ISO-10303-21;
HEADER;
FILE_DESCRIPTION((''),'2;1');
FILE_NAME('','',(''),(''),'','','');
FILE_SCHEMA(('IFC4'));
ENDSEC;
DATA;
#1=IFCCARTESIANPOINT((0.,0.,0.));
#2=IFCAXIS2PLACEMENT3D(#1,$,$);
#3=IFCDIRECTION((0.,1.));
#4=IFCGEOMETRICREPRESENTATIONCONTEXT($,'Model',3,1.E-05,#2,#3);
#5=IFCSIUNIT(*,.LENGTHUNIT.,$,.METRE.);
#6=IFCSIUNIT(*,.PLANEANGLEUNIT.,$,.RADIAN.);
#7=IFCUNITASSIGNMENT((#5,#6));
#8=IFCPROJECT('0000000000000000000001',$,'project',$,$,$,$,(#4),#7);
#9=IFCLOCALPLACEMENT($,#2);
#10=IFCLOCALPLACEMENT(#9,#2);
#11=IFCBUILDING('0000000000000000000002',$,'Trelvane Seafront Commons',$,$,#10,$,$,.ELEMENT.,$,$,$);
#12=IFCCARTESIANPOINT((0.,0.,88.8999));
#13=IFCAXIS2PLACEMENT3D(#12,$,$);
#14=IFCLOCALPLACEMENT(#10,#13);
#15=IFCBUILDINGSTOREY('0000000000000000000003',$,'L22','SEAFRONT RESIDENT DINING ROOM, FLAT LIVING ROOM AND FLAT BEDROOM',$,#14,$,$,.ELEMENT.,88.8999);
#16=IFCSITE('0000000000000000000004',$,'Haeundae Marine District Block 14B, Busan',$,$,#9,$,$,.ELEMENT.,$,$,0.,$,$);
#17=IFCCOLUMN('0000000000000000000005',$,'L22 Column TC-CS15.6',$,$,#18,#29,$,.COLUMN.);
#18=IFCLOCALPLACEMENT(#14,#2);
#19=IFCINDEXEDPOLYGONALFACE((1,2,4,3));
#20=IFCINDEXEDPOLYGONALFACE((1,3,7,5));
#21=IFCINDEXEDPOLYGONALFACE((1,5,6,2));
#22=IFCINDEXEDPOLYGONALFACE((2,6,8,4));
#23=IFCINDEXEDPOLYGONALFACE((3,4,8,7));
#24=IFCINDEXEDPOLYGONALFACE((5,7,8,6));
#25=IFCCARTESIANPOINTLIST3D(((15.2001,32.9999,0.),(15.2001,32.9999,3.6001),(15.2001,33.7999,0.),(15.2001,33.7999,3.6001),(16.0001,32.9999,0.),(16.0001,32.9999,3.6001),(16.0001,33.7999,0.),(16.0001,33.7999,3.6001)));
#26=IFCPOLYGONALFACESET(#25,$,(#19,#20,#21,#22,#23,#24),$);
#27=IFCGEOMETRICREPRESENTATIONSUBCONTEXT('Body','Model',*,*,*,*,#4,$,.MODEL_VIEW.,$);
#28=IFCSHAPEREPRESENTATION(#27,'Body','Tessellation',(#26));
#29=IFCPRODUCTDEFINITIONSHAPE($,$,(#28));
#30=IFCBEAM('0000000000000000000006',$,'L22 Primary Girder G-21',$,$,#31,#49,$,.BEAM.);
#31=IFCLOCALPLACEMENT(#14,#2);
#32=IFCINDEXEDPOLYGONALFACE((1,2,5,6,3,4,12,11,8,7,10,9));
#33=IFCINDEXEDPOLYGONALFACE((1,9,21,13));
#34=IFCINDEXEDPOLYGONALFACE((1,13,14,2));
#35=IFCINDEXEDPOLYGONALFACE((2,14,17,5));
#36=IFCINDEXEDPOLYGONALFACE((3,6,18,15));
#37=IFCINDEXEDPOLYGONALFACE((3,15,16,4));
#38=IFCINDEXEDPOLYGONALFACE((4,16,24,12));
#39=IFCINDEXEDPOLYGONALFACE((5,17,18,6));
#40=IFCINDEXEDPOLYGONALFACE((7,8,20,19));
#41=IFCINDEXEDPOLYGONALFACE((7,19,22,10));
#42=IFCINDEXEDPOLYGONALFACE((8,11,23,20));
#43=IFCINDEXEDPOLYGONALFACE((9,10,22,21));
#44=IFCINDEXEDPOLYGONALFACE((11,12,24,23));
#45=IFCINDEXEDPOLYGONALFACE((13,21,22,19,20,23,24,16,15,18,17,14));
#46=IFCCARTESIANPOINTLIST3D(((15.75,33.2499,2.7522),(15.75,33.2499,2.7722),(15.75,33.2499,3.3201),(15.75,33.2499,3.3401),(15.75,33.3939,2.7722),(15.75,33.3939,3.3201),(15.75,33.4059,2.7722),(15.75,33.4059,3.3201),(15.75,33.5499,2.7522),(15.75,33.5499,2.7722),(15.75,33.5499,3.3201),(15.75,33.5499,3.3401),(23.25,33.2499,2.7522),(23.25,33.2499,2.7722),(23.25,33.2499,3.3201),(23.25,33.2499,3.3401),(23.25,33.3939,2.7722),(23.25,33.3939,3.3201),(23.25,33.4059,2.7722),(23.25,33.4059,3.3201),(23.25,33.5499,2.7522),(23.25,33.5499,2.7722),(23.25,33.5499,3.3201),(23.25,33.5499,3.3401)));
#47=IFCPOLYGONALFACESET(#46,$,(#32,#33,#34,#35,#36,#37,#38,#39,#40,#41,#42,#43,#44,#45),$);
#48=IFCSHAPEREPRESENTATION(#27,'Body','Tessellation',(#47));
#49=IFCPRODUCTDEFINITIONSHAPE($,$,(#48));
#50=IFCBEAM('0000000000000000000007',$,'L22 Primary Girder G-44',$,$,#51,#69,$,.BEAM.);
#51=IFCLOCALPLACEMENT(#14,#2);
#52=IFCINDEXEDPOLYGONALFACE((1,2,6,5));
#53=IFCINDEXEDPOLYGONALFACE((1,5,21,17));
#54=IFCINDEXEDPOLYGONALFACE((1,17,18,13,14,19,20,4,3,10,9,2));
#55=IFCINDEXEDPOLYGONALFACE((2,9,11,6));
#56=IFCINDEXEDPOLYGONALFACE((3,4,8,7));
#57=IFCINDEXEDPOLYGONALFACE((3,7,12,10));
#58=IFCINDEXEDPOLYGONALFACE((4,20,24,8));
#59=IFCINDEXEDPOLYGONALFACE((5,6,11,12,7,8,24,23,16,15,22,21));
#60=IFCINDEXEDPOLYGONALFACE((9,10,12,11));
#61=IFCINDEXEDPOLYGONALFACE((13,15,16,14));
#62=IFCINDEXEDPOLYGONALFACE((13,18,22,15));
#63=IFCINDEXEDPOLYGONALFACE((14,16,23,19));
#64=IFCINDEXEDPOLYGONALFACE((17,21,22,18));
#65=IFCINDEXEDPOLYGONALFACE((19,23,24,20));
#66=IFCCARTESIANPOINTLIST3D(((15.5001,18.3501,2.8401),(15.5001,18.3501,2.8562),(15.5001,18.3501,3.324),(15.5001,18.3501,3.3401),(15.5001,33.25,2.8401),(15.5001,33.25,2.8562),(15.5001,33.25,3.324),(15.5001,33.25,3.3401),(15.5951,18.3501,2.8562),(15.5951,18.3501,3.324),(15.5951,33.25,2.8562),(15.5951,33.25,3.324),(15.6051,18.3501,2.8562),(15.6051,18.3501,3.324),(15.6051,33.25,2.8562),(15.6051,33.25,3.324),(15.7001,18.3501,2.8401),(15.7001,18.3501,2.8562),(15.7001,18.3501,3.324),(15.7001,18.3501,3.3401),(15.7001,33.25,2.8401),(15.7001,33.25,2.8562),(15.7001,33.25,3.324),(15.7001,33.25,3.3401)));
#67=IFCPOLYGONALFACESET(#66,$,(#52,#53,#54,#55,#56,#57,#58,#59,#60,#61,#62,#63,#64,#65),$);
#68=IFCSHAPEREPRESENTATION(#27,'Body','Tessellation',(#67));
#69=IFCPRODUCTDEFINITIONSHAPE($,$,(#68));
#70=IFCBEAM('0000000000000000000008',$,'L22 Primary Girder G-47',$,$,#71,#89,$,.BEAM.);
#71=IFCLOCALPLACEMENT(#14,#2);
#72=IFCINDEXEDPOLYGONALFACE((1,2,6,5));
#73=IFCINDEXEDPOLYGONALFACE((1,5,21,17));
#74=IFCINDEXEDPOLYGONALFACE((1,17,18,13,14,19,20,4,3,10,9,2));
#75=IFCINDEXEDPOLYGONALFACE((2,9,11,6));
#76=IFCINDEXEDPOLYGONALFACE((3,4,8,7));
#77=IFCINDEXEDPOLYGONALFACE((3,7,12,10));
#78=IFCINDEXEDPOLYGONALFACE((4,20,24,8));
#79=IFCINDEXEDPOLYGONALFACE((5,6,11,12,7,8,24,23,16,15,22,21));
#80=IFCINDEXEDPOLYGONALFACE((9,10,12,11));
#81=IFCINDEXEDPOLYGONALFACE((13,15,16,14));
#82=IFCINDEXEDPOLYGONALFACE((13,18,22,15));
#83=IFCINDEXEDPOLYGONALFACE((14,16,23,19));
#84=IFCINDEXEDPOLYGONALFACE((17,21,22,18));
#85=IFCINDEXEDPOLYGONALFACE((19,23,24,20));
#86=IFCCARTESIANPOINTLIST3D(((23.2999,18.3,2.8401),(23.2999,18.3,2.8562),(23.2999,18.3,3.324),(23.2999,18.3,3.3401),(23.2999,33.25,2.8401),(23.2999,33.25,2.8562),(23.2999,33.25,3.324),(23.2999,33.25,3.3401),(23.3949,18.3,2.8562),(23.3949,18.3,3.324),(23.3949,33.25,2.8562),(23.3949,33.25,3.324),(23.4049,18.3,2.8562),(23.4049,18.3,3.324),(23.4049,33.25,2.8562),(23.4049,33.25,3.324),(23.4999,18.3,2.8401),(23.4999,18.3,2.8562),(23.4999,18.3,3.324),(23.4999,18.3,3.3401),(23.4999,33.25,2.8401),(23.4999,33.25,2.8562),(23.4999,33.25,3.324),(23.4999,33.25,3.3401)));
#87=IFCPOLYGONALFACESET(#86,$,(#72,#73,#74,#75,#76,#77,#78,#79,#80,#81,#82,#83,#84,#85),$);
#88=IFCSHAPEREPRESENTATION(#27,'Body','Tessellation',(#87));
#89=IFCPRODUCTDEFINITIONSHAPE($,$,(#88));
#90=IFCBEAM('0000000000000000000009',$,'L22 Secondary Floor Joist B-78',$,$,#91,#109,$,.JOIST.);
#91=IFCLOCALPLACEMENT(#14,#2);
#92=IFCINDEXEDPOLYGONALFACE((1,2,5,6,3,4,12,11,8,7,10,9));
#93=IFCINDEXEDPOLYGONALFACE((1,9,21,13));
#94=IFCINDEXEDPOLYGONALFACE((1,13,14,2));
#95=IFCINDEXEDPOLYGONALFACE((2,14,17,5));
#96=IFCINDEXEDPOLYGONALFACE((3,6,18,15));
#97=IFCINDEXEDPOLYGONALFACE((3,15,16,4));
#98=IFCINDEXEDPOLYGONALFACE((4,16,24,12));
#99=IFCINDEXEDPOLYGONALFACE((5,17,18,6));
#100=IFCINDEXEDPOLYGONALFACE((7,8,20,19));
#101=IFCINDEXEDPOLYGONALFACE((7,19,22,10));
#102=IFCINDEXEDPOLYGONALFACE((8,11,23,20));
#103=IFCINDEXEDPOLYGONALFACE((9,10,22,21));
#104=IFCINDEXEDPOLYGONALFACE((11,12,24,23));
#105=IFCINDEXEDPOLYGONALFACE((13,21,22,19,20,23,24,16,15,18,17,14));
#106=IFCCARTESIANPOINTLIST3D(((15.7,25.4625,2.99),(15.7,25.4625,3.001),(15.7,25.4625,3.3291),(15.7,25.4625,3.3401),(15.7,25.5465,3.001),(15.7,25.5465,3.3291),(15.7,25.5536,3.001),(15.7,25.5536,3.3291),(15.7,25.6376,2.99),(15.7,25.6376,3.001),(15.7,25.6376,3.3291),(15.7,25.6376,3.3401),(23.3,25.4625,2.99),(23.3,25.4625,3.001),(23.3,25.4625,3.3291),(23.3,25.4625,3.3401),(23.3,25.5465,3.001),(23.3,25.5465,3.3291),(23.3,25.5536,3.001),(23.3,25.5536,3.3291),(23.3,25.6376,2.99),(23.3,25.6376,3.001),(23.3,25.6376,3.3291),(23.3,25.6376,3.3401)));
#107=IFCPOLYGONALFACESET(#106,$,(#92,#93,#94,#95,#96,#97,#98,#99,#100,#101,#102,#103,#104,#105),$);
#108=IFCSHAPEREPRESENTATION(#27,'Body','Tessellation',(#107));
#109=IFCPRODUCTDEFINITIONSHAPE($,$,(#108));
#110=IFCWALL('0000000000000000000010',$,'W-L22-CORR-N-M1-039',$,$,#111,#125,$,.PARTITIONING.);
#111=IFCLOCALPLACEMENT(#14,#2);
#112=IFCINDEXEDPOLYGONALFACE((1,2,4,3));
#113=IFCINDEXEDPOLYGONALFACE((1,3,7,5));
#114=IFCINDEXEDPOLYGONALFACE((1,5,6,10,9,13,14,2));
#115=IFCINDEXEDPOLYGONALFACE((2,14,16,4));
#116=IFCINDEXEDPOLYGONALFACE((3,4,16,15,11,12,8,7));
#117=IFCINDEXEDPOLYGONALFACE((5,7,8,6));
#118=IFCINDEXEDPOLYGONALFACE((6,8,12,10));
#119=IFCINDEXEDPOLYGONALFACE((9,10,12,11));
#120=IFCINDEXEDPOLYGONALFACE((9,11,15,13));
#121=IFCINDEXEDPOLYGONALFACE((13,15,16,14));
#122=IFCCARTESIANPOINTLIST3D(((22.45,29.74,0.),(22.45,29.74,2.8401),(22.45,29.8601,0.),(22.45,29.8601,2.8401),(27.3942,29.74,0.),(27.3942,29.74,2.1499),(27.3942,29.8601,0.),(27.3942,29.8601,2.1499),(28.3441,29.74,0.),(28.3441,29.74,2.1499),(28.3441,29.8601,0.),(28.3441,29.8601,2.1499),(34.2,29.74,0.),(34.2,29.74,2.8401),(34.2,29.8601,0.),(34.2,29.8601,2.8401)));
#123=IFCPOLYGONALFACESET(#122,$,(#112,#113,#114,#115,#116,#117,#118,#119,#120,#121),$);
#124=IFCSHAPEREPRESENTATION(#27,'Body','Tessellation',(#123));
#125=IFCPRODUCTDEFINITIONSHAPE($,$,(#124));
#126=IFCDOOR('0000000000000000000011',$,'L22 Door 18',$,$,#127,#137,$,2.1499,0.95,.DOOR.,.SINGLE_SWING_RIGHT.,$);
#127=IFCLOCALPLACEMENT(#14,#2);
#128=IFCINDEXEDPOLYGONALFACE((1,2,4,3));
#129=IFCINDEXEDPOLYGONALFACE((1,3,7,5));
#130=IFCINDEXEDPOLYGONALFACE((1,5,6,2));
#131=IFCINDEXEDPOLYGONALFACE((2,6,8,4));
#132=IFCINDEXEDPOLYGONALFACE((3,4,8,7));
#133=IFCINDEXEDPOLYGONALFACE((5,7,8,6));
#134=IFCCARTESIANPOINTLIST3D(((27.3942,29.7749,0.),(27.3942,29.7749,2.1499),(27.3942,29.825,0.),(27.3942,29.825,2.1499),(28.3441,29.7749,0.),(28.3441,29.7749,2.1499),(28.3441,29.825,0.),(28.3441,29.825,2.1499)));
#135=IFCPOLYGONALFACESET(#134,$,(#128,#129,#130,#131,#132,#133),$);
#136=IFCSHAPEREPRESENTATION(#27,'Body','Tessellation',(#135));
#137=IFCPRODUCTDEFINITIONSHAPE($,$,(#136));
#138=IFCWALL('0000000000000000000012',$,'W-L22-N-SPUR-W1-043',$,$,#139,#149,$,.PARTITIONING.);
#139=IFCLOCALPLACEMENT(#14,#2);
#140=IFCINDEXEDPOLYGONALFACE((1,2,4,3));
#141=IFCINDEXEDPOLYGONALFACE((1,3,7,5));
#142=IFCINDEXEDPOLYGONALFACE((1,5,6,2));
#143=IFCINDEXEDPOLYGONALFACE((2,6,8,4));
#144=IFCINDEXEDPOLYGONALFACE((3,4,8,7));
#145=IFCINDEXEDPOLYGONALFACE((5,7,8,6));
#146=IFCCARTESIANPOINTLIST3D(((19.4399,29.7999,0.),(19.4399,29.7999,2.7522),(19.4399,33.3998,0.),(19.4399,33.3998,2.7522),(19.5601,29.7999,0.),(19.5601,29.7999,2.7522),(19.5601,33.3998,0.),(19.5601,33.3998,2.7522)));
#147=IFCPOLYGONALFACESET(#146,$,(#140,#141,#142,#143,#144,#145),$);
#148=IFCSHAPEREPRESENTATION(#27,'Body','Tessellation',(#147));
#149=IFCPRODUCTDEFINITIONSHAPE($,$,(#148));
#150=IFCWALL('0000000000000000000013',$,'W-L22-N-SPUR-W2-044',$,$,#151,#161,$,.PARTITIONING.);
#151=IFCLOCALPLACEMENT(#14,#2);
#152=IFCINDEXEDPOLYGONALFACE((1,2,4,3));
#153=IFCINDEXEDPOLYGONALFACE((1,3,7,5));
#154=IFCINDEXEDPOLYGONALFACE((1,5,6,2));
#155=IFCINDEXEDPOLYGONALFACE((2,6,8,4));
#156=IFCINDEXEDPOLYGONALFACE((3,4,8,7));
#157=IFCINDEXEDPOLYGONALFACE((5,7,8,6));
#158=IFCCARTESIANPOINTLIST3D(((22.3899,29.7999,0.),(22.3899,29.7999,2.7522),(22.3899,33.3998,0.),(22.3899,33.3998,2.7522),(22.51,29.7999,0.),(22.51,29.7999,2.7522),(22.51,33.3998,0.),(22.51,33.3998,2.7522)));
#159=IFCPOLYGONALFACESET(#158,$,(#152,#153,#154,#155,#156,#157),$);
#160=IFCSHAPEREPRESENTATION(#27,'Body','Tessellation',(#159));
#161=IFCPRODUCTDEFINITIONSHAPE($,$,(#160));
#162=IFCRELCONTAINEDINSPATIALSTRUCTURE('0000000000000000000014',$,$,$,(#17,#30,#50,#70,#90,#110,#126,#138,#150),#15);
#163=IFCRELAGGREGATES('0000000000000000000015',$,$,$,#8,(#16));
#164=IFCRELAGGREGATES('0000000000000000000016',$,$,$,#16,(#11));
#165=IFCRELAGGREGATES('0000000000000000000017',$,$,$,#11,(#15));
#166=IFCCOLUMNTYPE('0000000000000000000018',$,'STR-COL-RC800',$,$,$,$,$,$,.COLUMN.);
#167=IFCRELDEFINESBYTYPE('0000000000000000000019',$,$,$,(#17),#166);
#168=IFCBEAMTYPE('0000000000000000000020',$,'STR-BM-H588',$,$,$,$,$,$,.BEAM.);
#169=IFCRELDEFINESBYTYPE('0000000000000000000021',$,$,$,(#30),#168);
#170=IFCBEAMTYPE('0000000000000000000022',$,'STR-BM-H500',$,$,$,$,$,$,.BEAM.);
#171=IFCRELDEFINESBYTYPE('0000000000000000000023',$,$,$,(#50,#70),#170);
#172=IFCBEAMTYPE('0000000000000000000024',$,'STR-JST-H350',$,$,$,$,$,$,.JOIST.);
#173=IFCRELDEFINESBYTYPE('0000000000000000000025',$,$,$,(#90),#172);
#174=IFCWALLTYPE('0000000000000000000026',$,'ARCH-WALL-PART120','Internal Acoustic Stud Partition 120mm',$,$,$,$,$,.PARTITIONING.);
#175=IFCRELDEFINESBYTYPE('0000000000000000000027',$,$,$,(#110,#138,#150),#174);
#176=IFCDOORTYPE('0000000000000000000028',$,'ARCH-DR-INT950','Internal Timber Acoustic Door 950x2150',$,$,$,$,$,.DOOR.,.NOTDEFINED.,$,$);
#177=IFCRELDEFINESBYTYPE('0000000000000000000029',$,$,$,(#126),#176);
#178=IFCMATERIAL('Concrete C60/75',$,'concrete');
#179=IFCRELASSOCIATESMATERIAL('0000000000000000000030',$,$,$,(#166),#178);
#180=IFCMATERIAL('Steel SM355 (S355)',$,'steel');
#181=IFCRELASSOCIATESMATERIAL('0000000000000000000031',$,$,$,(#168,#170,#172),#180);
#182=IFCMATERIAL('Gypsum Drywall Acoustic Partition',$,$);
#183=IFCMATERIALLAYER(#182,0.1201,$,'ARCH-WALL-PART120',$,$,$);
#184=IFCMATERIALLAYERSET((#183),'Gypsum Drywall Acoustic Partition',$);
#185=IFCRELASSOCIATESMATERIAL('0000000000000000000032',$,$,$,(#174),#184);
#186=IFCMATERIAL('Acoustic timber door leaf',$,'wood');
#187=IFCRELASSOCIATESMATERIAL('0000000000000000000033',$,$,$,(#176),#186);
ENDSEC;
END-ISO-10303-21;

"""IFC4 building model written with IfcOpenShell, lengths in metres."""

from ifc_helpers import new_model, si_unit, direction, frame, frame_2d, origin, origin_2d, place, context, subcontext, project, spatial, rectangle, i_section, extrude, source, transform, mapped, material, layer, layer_set, material_profile, profile_set, type_object, element, fill, save


model = new_model("IFC4")

# Units and contexts
model_context = context("Model", 3, precision=1e-05, world=origin(), true_north=direction((0.0, 1.0)))
body_context = subcontext(model_context, "Body", "Model", "MODEL_VIEW")
ifc_project = project(units=[si_unit("LENGTHUNIT", "METRE"), si_unit("PLANEANGLEUNIT", "RADIAN")], contexts=[model_context])

# Site, building, storey
site_placement = place(None, origin())
site = spatial("IfcSite", under=ifc_project, at=site_placement, Name="Haeundae Marine District Block 14B, Busan", CompositionType="ELEMENT", RefElevation=0.0)
building_placement = place(site_placement, origin())
building = spatial("IfcBuilding", under=site, at=building_placement, Name="Trelvane Seafront Commons", CompositionType="ELEMENT")
storey_placement = place(building_placement, frame((0.0, 0.0, 88.8999)))
storey = spatial("IfcBuildingStorey", under=building, at=storey_placement, Name="L22", Description="SEAFRONT RESIDENT DINING ROOM, FLAT LIVING ROOM AND FLAT BEDROOM", CompositionType="ELEMENT", Elevation=88.8999)

# Column
ifc_material_1 = material(Name="Concrete C60/75", Category="concrete")
ifc_material_profile_1 = material_profile(ifc_material_1, rectangle(XDim=0.8, YDim=0.8, at=origin_2d()), Name="RC-800x800")
ifc_profile_set_1 = profile_set([ifc_material_profile_1], Name="Concrete C60/75")
column_type = type_object("IfcColumnType", Name="STR-COL-RC800", PredefinedType="COLUMN", material=ifc_profile_set_1)
shared_shape_1 = source(origin(), body_context, "Body", "SweptSolid", [
    extrude(rectangle(XDim=0.8, YDim=0.8, at=origin_2d()), origin(), (0.0, 0.0, 1.0), 3.6001),
])
column_placement = place(storey_placement, frame((15.6001, 33.3999, 0.0), z_axis=(0.0, 0.0, 1.0), x_axis=(1.0, 0.0, 0.0)))
element("IfcColumn", 1, at=column_placement, inside=storey, type_object=column_type, Name="L22 Column TC-CS15.6", PredefinedType="COLUMN", context=body_context, shape_type="MappedRepresentation", body=[
    mapped(shared_shape_1, transform((0.0, 0.0, 0.0), x_axis=(1.0, 0.0, 0.0), y_axis=(0.0, 1.0, 0.0), z_axis=(0.0, 0.0, 1.0), scale=1.0)),
])

# Beams
ifc_material_2 = material(Name="Steel SM355 (S355)", Category="steel")
ifc_material_profile_2 = material_profile(ifc_material_2, i_section(OverallWidth=0.3, OverallDepth=0.5879, WebThickness=0.012, FlangeThickness=0.02, at=origin_2d()), Name="H-588x300x12x20")
ifc_profile_set_2 = profile_set([ifc_material_profile_2], Name="Steel SM355 (S355)")
beam_type_1 = type_object("IfcBeamType", Name="STR-BM-H588", PredefinedType="BEAM", material=ifc_profile_set_2)
shared_shape_2 = source(origin(), body_context, "Body", "SweptSolid", [
    extrude(i_section(OverallWidth=0.3, OverallDepth=0.5879, WebThickness=0.012, FlangeThickness=0.02, at=origin_2d()), origin(), (0.0, 0.0, 1.0), 7.5),
])
beam_1_placement = place(storey_placement, frame((15.75, 33.3999, 3.0461), z_axis=(1.0, 0.0, 0.0), x_axis=(0.0, 1.0, 0.0)))
element("IfcBeam", 2, at=beam_1_placement, inside=storey, type_object=beam_type_1, Name="L22 Primary Girder G-21", PredefinedType="BEAM", context=body_context, shape_type="MappedRepresentation", body=[
    mapped(shared_shape_2, transform((0.0, 0.0, 0.0), x_axis=(1.0, 0.0, 0.0), y_axis=(0.0, 1.0, 0.0), z_axis=(0.0, 0.0, 1.0), scale=1.0)),
])
ifc_material_profile_3 = material_profile(ifc_material_2, i_section(OverallWidth=0.2, OverallDepth=0.5, WebThickness=0.01, FlangeThickness=0.0161, at=origin_2d()), Name="H-500x200x10x16")
ifc_profile_set_3 = profile_set([ifc_material_profile_3], Name="Steel SM355 (S355)")
beam_type_2 = type_object("IfcBeamType", Name="STR-BM-H500", PredefinedType="BEAM", material=ifc_profile_set_3)
shared_shape_3 = source(origin(), body_context, "Body", "SweptSolid", [
    extrude(i_section(OverallWidth=0.2, OverallDepth=0.5, WebThickness=0.01, FlangeThickness=0.0161, at=origin_2d()), origin(), (0.0, 0.0, 1.0), 14.8999),
])
beam_2_placement = place(storey_placement, frame((15.6001, 18.3501, 3.0901), z_axis=(0.0, 1.0, 0.0), x_axis=(-1.0, 0.0, 0.0)))
element("IfcBeam", 3, at=beam_2_placement, inside=storey, type_object=beam_type_2, Name="L22 Primary Girder G-44", PredefinedType="BEAM", context=body_context, shape_type="MappedRepresentation", body=[
    mapped(shared_shape_3, transform((0.0, 0.0, 0.0), x_axis=(1.0, 0.0, 0.0), y_axis=(0.0, 1.0, 0.0), z_axis=(0.0, 0.0, 1.0), scale=1.0)),
])
shared_shape_4 = source(origin(), body_context, "Body", "SweptSolid", [
    extrude(i_section(OverallWidth=0.2, OverallDepth=0.5, WebThickness=0.01, FlangeThickness=0.0161, at=origin_2d()), origin(), (0.0, 0.0, 1.0), 14.95),
])
beam_3_placement = place(storey_placement, frame((23.3999, 18.3, 3.0901), z_axis=(0.0, 1.0, 0.0), x_axis=(-1.0, 0.0, 0.0)))
element("IfcBeam", 4, at=beam_3_placement, inside=storey, type_object=beam_type_2, Name="L22 Primary Girder G-47", PredefinedType="BEAM", context=body_context, shape_type="MappedRepresentation", body=[
    mapped(shared_shape_4, transform((0.0, 0.0, 0.0), x_axis=(1.0, 0.0, 0.0), y_axis=(0.0, 1.0, 0.0), z_axis=(0.0, 0.0, 1.0), scale=1.0)),
])
ifc_material_profile_4 = material_profile(ifc_material_2, i_section(OverallWidth=0.175, OverallDepth=0.3501, WebThickness=0.0071, FlangeThickness=0.011, at=origin_2d()), Name="H-350x175x7x11")
ifc_profile_set_4 = profile_set([ifc_material_profile_4], Name="Steel SM355 (S355)")
beam_type_3 = type_object("IfcBeamType", Name="STR-JST-H350", PredefinedType="JOIST", material=ifc_profile_set_4)
shared_shape_5 = source(origin(), body_context, "Body", "SweptSolid", [
    extrude(i_section(OverallWidth=0.175, OverallDepth=0.3501, WebThickness=0.0071, FlangeThickness=0.011, at=origin_2d()), origin(), (0.0, 0.0, 1.0), 7.6001),
])
beam_4_placement = place(storey_placement, frame((15.7, 25.55, 3.165), z_axis=(1.0, 0.0, 0.0), x_axis=(0.0, 1.0, 0.0)))
element("IfcBeam", 5, at=beam_4_placement, inside=storey, type_object=beam_type_3, Name="L22 Secondary Floor Joist B-78", PredefinedType="JOIST", context=body_context, shape_type="MappedRepresentation", body=[
    mapped(shared_shape_5, transform((0.0, 0.0, 0.0), x_axis=(1.0, 0.0, 0.0), y_axis=(0.0, 1.0, 0.0), z_axis=(0.0, 0.0, 1.0), scale=1.0)),
])

# Wall, opening, door
ifc_material_3 = material(Name="Gypsum Drywall Acoustic Partition")
ifc_layer_1 = layer(ifc_material_3, 0.1201, Name="ARCH-WALL-PART120")
ifc_layer_set_1 = layer_set([ifc_layer_1], Name="Gypsum Drywall Acoustic Partition")
wall_type_1 = type_object("IfcWallType", Name="ARCH-WALL-PART120", Description="Internal Acoustic Stud Partition 120mm", PredefinedType="PARTITIONING", material=ifc_layer_set_1)
wall_1_placement = place(storey_placement, frame((22.45, 29.8, 0.0), z_axis=(0.0, 0.0, 1.0), x_axis=(1.0, 0.0, 0.0)))
wall_1 = element("IfcWall", 6, at=wall_1_placement, inside=storey, type_object=wall_type_1, Name="W-L22-CORR-N-M1-039", PredefinedType="PARTITIONING", context=body_context, shape_type="SweptSolid", body=[
    extrude(rectangle(XDim=11.75, YDim=0.1201, at=frame_2d((5.875, 0.0))), origin(), (0.0, 0.0, 1.0), 2.8401),
])
opening_1_placement = place(wall_1_placement, frame((4.9441, 0.0, 0.0)))
opening_1 = element("IfcOpeningElement", 7, at=opening_1_placement, cuts=wall_1, PredefinedType="OPENING", context=body_context, shape_type="SweptSolid", body=[
    extrude(rectangle(XDim=0.95, YDim=2.1499, at=frame_2d((0.4751, 1.075))), frame((0.0, 0.0701, 0.0), z_axis=(0.0, -1.0, 0.0), x_axis=(1.0, 0.0, 0.0)), (0.0, 0.0, 1.0), 0.1401),
])
ifc_material_4 = material(Name="Acoustic timber door leaf", Category="wood")
door_type_1 = type_object("IfcDoorType", Name="ARCH-DR-INT950", Description="Internal Timber Acoustic Door 950x2150", OperationType="NOTDEFINED", PredefinedType="DOOR", material=ifc_material_4)
shared_shape_6 = source(origin(), body_context, "Body", "SweptSolid", [
    extrude(rectangle(XDim=0.95, YDim=2.1499, at=frame_2d((0.4751, 1.075))), frame((0.0, 0.0249, 0.0), z_axis=(0.0, -1.0, 0.0), x_axis=(1.0, 0.0, 0.0)), (0.0, 0.0, 1.0), 0.05),
])
door_1_placement = place(opening_1_placement, origin())
door_1 = element("IfcDoor", 8, at=door_1_placement, inside=storey, type_object=door_type_1, Name="L22 Door 18", OperationType="SINGLE_SWING_RIGHT", OverallHeight=2.1499, OverallWidth=0.95, PredefinedType="DOOR", context=body_context, shape_type="MappedRepresentation", body=[
    mapped(shared_shape_6, transform((0.0, 0.0, 0.0), x_axis=(1.0, 0.0, 0.0), y_axis=(0.0, 1.0, 0.0), z_axis=(0.0, 0.0, 1.0), scale=1.0)),
])
fill(opening_1, door_1)

# Walls
for number, where, z_axis, x_axis, name in (
    (9, (19.5, 29.8, 0.0), (0.0, 0.0, 1.0), (0.0, 1.0, 0.0), "W-L22-N-SPUR-W1-043"),
    (10, (22.45, 29.8, 0.0), (0.0, 0.0, 1.0), (0.0, 1.0, 0.0), "W-L22-N-SPUR-W2-044"),
):
    element("IfcWall", number, at=place(storey_placement, frame(where, z_axis=z_axis, x_axis=x_axis)), inside=storey, type_object=wall_type_1, Name=name, PredefinedType="PARTITIONING", context=body_context, shape_type="SweptSolid", body=[
        extrude(rectangle(XDim=3.5999, YDim=0.1201, at=frame_2d((1.7998, 0.0))), origin(), (0.0, 0.0, 1.0), 2.7522),
    ])

save(model, "model.ifc")
